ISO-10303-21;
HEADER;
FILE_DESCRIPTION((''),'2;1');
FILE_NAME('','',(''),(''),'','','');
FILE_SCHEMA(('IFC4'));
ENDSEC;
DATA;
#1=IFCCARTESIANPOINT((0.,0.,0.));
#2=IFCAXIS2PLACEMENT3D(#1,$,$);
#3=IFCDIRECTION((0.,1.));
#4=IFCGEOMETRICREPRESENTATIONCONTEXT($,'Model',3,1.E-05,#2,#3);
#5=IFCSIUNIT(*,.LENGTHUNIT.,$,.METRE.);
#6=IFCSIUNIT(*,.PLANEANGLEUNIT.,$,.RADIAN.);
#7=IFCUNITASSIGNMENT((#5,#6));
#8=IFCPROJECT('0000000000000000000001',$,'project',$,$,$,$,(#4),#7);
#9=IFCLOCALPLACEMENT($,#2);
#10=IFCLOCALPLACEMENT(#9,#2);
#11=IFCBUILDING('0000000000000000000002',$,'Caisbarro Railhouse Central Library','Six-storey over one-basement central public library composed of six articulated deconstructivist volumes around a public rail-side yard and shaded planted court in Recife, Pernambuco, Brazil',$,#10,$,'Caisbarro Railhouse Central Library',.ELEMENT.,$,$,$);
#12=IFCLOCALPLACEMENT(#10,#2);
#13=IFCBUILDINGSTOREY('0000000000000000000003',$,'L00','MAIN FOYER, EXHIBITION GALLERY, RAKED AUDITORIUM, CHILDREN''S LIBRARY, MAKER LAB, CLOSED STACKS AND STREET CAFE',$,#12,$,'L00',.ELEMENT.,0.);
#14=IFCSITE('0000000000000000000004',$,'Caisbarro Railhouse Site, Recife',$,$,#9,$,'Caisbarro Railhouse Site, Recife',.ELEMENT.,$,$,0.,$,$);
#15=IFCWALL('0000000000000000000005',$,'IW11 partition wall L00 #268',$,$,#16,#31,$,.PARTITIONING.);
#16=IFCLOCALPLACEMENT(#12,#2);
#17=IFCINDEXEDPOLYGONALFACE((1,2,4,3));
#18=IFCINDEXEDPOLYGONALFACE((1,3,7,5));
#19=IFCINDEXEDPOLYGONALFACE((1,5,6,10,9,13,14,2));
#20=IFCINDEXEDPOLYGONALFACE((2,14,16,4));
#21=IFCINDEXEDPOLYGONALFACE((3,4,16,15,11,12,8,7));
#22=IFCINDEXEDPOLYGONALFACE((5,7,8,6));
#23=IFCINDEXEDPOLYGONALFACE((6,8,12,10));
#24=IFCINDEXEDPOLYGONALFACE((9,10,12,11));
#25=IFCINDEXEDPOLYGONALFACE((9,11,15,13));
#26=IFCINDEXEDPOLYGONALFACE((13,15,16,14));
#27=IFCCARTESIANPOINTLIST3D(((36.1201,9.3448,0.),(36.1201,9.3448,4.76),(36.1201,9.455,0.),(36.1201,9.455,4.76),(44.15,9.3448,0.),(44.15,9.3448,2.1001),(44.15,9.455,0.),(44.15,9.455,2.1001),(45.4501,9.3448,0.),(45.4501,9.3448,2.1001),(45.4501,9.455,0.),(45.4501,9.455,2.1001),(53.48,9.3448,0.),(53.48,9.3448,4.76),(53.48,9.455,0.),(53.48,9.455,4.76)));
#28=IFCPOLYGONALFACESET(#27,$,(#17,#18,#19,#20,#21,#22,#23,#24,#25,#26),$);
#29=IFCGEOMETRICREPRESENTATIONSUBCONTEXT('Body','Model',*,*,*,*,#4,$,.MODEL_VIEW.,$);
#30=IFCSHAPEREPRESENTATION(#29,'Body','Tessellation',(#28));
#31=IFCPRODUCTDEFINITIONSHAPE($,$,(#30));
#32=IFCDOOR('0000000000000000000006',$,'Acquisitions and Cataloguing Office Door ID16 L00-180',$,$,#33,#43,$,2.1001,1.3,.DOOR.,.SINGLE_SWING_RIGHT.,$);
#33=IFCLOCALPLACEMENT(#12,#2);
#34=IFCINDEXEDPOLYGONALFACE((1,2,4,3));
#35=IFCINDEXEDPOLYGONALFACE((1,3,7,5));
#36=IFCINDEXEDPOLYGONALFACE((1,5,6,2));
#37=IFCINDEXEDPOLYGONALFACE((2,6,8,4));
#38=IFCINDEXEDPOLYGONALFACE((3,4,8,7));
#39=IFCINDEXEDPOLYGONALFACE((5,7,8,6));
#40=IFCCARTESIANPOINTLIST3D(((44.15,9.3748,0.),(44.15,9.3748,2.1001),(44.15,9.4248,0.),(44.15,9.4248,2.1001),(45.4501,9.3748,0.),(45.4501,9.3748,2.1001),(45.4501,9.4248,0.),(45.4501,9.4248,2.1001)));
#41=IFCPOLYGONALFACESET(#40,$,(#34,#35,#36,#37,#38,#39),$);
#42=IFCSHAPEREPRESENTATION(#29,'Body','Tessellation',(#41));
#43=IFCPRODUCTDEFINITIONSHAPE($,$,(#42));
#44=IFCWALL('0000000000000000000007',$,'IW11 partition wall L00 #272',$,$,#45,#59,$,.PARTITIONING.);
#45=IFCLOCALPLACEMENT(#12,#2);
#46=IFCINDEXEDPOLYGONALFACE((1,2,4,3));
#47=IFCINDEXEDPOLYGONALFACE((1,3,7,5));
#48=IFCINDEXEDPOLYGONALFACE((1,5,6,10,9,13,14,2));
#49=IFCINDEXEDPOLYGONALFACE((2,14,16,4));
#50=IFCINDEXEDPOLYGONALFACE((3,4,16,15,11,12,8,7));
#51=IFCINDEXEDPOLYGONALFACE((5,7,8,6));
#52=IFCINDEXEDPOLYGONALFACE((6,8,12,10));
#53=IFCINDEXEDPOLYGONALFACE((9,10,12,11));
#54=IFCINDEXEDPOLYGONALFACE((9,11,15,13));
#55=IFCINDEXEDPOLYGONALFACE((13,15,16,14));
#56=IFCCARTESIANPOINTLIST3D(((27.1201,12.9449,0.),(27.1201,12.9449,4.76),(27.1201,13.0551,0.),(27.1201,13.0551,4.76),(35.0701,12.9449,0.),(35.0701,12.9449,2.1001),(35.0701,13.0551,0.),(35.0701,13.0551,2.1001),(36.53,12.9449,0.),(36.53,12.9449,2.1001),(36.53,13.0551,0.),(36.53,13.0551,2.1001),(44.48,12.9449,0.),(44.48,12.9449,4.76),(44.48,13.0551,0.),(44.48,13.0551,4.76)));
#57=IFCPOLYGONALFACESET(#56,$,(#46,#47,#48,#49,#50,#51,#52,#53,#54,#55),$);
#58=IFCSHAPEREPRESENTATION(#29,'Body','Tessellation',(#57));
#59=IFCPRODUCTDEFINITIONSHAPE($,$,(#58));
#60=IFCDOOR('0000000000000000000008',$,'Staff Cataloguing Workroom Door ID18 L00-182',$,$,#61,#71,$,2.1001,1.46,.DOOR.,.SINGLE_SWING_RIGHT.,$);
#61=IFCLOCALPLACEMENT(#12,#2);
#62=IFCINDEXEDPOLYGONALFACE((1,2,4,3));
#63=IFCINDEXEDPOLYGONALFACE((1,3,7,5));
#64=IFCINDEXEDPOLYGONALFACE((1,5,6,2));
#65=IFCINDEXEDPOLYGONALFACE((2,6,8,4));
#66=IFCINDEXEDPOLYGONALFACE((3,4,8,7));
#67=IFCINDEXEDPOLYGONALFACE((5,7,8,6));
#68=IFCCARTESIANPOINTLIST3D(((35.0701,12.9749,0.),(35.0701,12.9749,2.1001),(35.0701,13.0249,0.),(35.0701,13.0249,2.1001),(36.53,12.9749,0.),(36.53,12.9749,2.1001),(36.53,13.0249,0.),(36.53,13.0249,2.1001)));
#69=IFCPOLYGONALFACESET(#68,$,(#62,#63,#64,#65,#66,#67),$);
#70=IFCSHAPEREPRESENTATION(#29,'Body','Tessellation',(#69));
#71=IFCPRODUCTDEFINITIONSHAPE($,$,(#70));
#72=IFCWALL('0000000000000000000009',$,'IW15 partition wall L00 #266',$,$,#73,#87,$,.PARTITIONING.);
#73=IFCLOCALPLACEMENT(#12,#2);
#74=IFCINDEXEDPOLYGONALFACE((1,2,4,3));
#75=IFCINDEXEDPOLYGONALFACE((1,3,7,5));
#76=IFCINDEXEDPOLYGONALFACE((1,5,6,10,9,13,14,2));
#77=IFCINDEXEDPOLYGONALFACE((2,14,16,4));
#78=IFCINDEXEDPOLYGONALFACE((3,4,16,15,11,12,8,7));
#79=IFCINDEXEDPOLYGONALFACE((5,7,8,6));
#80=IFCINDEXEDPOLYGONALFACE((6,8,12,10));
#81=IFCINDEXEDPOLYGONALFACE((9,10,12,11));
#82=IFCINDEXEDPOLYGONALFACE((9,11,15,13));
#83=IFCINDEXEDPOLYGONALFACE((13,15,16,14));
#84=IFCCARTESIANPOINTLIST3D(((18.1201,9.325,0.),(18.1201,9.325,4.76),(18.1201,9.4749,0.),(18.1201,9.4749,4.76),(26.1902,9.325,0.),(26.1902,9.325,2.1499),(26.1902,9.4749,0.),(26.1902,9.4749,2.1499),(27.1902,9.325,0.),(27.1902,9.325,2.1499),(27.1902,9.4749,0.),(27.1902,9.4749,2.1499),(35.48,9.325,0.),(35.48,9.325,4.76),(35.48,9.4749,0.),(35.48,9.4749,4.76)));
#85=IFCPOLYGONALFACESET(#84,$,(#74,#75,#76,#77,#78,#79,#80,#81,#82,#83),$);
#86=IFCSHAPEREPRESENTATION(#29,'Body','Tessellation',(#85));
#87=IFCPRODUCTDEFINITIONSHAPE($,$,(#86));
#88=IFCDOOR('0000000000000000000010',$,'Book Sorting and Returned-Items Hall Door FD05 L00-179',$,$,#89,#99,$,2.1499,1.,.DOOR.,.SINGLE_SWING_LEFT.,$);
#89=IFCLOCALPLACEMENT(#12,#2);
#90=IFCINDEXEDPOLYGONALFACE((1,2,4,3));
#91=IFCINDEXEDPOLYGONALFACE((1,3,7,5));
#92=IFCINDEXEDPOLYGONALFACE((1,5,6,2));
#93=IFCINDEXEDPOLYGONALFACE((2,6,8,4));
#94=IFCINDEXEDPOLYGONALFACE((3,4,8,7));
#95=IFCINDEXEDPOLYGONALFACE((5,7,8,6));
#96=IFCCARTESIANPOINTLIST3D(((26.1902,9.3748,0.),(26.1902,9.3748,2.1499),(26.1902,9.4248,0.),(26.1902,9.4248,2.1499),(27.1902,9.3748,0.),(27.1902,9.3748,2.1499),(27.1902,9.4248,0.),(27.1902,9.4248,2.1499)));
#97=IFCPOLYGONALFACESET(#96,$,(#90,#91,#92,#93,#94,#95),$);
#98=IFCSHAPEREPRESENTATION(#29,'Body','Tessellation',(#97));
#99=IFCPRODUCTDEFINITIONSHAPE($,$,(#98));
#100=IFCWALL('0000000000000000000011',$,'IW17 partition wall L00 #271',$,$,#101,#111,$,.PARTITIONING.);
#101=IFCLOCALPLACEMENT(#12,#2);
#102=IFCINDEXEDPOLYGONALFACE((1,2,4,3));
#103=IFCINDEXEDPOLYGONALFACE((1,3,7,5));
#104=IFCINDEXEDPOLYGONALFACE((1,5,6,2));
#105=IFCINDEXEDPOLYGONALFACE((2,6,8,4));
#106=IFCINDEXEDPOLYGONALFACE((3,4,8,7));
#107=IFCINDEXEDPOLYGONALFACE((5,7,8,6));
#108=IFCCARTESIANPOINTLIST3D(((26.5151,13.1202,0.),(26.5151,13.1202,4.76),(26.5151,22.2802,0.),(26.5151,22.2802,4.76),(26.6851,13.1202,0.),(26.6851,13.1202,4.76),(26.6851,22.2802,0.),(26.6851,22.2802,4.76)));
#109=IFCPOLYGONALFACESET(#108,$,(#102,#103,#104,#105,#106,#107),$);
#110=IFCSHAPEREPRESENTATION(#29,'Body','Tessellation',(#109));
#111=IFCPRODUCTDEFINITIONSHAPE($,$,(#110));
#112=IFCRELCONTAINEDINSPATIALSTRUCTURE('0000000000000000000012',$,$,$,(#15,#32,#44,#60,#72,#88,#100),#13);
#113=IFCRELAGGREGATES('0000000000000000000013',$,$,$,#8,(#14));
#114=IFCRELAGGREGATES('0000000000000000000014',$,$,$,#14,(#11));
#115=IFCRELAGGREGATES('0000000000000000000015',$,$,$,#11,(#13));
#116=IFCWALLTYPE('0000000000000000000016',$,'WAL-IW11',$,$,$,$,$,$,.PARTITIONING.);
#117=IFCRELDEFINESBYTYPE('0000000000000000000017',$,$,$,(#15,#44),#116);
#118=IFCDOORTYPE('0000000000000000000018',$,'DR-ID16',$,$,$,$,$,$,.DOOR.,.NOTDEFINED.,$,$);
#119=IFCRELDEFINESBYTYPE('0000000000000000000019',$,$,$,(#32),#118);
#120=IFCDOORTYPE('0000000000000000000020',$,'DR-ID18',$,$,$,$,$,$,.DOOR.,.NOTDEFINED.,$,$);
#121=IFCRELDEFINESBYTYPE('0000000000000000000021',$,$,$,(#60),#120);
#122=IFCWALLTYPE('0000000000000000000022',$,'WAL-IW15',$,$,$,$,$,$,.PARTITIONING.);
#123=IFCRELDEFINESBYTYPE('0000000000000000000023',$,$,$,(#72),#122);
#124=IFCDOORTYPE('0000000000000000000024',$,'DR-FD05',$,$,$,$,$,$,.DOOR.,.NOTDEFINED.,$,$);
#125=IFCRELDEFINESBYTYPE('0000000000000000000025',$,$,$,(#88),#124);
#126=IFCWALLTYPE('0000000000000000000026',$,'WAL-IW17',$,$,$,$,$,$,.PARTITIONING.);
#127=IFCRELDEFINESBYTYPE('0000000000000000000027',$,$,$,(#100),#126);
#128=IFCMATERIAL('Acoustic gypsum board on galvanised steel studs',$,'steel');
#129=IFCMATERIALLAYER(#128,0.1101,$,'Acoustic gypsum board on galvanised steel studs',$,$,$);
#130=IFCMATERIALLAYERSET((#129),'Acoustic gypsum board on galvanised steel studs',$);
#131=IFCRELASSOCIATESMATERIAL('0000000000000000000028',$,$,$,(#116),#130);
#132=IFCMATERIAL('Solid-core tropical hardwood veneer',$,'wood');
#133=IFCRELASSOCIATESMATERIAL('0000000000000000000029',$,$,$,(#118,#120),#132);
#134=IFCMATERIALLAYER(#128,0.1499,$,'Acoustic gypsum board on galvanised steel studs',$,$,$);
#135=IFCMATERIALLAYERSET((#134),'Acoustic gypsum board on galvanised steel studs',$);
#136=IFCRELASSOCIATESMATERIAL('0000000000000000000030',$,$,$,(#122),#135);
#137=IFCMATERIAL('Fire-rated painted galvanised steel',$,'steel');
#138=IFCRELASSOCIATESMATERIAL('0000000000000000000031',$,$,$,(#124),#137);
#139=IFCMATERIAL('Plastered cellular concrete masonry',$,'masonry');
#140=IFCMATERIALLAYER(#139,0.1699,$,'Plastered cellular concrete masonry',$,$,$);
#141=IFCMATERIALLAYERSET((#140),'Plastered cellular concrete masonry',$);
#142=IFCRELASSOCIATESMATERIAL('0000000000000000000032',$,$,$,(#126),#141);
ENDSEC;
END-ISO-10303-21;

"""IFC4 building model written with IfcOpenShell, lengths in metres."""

from ifc_helpers import new_model, si_unit, direction, frame, frame_2d, origin, place, context, subcontext, project, spatial, rectangle, extrude, material, layer, layer_set, type_object, element, fill, save


model = new_model("IFC4")

# Units and contexts
model_context = context("Model", 3, precision=1e-05, world=origin(), true_north=direction((0.0, 1.0)))
body_context = subcontext(model_context, "Body", "Model", "MODEL_VIEW")
ifc_project = project(units=[si_unit("LENGTHUNIT", "METRE"), si_unit("PLANEANGLEUNIT", "RADIAN")], contexts=[model_context])

# Site, building, storey
site_placement = place(None, origin())
site = spatial("IfcSite", under=ifc_project, at=site_placement, Name="Caisbarro Railhouse Site, Recife", LongName="Caisbarro Railhouse Site, Recife", CompositionType="ELEMENT", RefElevation=0.0)
building_placement = place(site_placement, origin())
building = spatial("IfcBuilding", under=site, at=building_placement, Name="Caisbarro Railhouse Central Library", Description="Six-storey over one-basement central public library composed of six articulated deconstructivist volumes around a public rail-side yard and shaded planted court in Recife, Pernambuco, Brazil", LongName="Caisbarro Railhouse Central Library", CompositionType="ELEMENT")
storey_placement = place(building_placement, origin())
storey = spatial("IfcBuildingStorey", under=building, at=storey_placement, Name="L00", Description="MAIN FOYER, EXHIBITION GALLERY, RAKED AUDITORIUM, CHILDREN'S LIBRARY, MAKER LAB, CLOSED STACKS AND STREET CAFE", LongName="L00", CompositionType="ELEMENT", Elevation=0.0)

# Walls, openings, doors
ifc_material_1 = material(Name="Acoustic gypsum board on galvanised steel studs", Category="steel")
ifc_layer_1 = layer(ifc_material_1, 0.1101, Name="Acoustic gypsum board on galvanised steel studs")
ifc_layer_set_1 = layer_set([ifc_layer_1], Name="Acoustic gypsum board on galvanised steel studs")
wall_type_1 = type_object("IfcWallType", Name="WAL-IW11", PredefinedType="PARTITIONING", material=ifc_layer_set_1)
wall_1_placement = place(storey_placement, frame((36.1201, 9.3999, 0.0), z_axis=(0.0, 0.0, 1.0), x_axis=(1.0, 0.0, 0.0)))
wall_1 = element("IfcWall", 1, at=wall_1_placement, inside=storey, type_object=wall_type_1, Name="IW11 partition wall L00 #268", PredefinedType="PARTITIONING", context=body_context, shape_type="SweptSolid", body=[
    extrude(rectangle(XDim=17.3599, YDim=0.1101, at=frame_2d((8.6799, 0.0))), origin(), (0.0, 0.0, 1.0), 4.76),
])
opening_1_placement = place(wall_1_placement, frame((8.03, 0.0, 0.0)))
opening_1 = element("IfcOpeningElement", 2, at=opening_1_placement, cuts=wall_1, PredefinedType="OPENING", context=body_context, shape_type="SweptSolid", body=[
    extrude(rectangle(XDim=1.3, YDim=2.1001, at=frame_2d((0.6499, 1.05))), frame((0.0, 0.0649, 0.0), z_axis=(0.0, -1.0, 0.0), x_axis=(1.0, 0.0, 0.0)), (0.0, 0.0, 1.0), 0.1301),
])
ifc_material_2 = material(Name="Solid-core tropical hardwood veneer", Category="wood")
door_type_1 = type_object("IfcDoorType", Name="DR-ID16", OperationType="NOTDEFINED", PredefinedType="DOOR", material=ifc_material_2)
door_1_placement = place(opening_1_placement, origin())
door_1 = element("IfcDoor", 3, at=door_1_placement, inside=storey, type_object=door_type_1, Name="Acquisitions and Cataloguing Office Door ID16 L00-180", OperationType="SINGLE_SWING_RIGHT", OverallHeight=2.1001, OverallWidth=1.3, PredefinedType="DOOR", context=body_context, shape_type="SweptSolid", body=[
    extrude(rectangle(XDim=1.3, YDim=2.1001, at=frame_2d((0.6499, 1.05))), frame((0.0, 0.0249, 0.0), z_axis=(0.0, -1.0, 0.0), x_axis=(1.0, 0.0, 0.0)), (0.0, 0.0, 1.0), 0.05),
])
fill(opening_1, door_1)
wall_2_placement = place(storey_placement, frame((27.1201, 13.0, 0.0), z_axis=(0.0, 0.0, 1.0), x_axis=(1.0, 0.0, 0.0)))
wall_2 = element("IfcWall", 4, at=wall_2_placement, inside=storey, type_object=wall_type_1, Name="IW11 partition wall L00 #272", PredefinedType="PARTITIONING", context=body_context, shape_type="SweptSolid", body=[
    extrude(rectangle(XDim=17.3599, YDim=0.1101, at=frame_2d((8.6799, 0.0))), origin(), (0.0, 0.0, 1.0), 4.76),
])
opening_2_placement = place(wall_2_placement, frame((7.95, 0.0, 0.0)))
opening_2 = element("IfcOpeningElement", 5, at=opening_2_placement, cuts=wall_2, PredefinedType="OPENING", context=body_context, shape_type="SweptSolid", body=[
    extrude(rectangle(XDim=1.46, YDim=2.1001, at=frame_2d((0.73, 1.05))), frame((0.0, 0.0649, 0.0), z_axis=(0.0, -1.0, 0.0), x_axis=(1.0, 0.0, 0.0)), (0.0, 0.0, 1.0), 0.1301),
])
door_type_2 = type_object("IfcDoorType", Name="DR-ID18", OperationType="NOTDEFINED", PredefinedType="DOOR", material=ifc_material_2)
door_2_placement = place(opening_2_placement, origin())
door_2 = element("IfcDoor", 6, at=door_2_placement, inside=storey, type_object=door_type_2, Name="Staff Cataloguing Workroom Door ID18 L00-182", OperationType="SINGLE_SWING_RIGHT", OverallHeight=2.1001, OverallWidth=1.46, PredefinedType="DOOR", context=body_context, shape_type="SweptSolid", body=[
    extrude(rectangle(XDim=1.46, YDim=2.1001, at=frame_2d((0.73, 1.05))), frame((0.0, 0.0249, 0.0), z_axis=(0.0, -1.0, 0.0), x_axis=(1.0, 0.0, 0.0)), (0.0, 0.0, 1.0), 0.05),
])
fill(opening_2, door_2)
ifc_layer_2 = layer(ifc_material_1, 0.1499, Name="Acoustic gypsum board on galvanised steel studs")
ifc_layer_set_2 = layer_set([ifc_layer_2], Name="Acoustic gypsum board on galvanised steel studs")
wall_type_2 = type_object("IfcWallType", Name="WAL-IW15", PredefinedType="PARTITIONING", material=ifc_layer_set_2)
wall_3_placement = place(storey_placement, frame((18.1201, 9.3999, 0.0), z_axis=(0.0, 0.0, 1.0), x_axis=(1.0, 0.0, 0.0)))
wall_3 = element("IfcWall", 7, at=wall_3_placement, inside=storey, type_object=wall_type_2, Name="IW15 partition wall L00 #266", PredefinedType="PARTITIONING", context=body_context, shape_type="SweptSolid", body=[
    extrude(rectangle(XDim=17.3599, YDim=0.1499, at=frame_2d((8.6799, 0.0))), origin(), (0.0, 0.0, 1.0), 4.76),
])
opening_3_placement = place(wall_3_placement, frame((8.0701, 0.0, 0.0)))
opening_3 = element("IfcOpeningElement", 8, at=opening_3_placement, cuts=wall_3, PredefinedType="OPENING", context=body_context, shape_type="SweptSolid", body=[
    extrude(rectangle(XDim=1.0, YDim=2.1499, at=frame_2d((0.5, 1.075))), frame((0.0, 0.085, 0.0), z_axis=(0.0, -1.0, 0.0), x_axis=(1.0, 0.0, 0.0)), (0.0, 0.0, 1.0), 0.1699),
])
ifc_material_3 = material(Name="Fire-rated painted galvanised steel", Category="steel")
door_type_3 = type_object("IfcDoorType", Name="DR-FD05", OperationType="NOTDEFINED", PredefinedType="DOOR", material=ifc_material_3)
door_3_placement = place(opening_3_placement, origin())
door_3 = element("IfcDoor", 9, at=door_3_placement, inside=storey, type_object=door_type_3, Name="Book Sorting and Returned-Items Hall Door FD05 L00-179", OperationType="SINGLE_SWING_LEFT", OverallHeight=2.1499, OverallWidth=1.0, PredefinedType="DOOR", context=body_context, shape_type="SweptSolid", body=[
    extrude(rectangle(XDim=1.0, YDim=2.1499, at=frame_2d((0.5, 1.075))), frame((0.0, 0.0249, 0.0), z_axis=(0.0, -1.0, 0.0), x_axis=(1.0, 0.0, 0.0)), (0.0, 0.0, 1.0), 0.05),
])
fill(opening_3, door_3)

# Wall
ifc_material_4 = material(Name="Plastered cellular concrete masonry", Category="masonry")
ifc_layer_3 = layer(ifc_material_4, 0.1699, Name="Plastered cellular concrete masonry")
ifc_layer_set_3 = layer_set([ifc_layer_3], Name="Plastered cellular concrete masonry")
wall_type_3 = type_object("IfcWallType", Name="WAL-IW17", PredefinedType="PARTITIONING", material=ifc_layer_set_3)
wall_4_placement = place(storey_placement, frame((26.6001, 13.1201, 0.0), z_axis=(0.0, 0.0, 1.0), x_axis=(0.0, 1.0, 0.0)))
element("IfcWall", 10, at=wall_4_placement, inside=storey, type_object=wall_type_3, Name="IW17 partition wall L00 #271", PredefinedType="PARTITIONING", context=body_context, shape_type="SweptSolid", body=[
    extrude(rectangle(XDim=9.1599, YDim=0.1699, at=frame_2d((4.5801, 0.0))), origin(), (0.0, 0.0, 1.0), 4.76),
])

save(model, "model.ifc")
